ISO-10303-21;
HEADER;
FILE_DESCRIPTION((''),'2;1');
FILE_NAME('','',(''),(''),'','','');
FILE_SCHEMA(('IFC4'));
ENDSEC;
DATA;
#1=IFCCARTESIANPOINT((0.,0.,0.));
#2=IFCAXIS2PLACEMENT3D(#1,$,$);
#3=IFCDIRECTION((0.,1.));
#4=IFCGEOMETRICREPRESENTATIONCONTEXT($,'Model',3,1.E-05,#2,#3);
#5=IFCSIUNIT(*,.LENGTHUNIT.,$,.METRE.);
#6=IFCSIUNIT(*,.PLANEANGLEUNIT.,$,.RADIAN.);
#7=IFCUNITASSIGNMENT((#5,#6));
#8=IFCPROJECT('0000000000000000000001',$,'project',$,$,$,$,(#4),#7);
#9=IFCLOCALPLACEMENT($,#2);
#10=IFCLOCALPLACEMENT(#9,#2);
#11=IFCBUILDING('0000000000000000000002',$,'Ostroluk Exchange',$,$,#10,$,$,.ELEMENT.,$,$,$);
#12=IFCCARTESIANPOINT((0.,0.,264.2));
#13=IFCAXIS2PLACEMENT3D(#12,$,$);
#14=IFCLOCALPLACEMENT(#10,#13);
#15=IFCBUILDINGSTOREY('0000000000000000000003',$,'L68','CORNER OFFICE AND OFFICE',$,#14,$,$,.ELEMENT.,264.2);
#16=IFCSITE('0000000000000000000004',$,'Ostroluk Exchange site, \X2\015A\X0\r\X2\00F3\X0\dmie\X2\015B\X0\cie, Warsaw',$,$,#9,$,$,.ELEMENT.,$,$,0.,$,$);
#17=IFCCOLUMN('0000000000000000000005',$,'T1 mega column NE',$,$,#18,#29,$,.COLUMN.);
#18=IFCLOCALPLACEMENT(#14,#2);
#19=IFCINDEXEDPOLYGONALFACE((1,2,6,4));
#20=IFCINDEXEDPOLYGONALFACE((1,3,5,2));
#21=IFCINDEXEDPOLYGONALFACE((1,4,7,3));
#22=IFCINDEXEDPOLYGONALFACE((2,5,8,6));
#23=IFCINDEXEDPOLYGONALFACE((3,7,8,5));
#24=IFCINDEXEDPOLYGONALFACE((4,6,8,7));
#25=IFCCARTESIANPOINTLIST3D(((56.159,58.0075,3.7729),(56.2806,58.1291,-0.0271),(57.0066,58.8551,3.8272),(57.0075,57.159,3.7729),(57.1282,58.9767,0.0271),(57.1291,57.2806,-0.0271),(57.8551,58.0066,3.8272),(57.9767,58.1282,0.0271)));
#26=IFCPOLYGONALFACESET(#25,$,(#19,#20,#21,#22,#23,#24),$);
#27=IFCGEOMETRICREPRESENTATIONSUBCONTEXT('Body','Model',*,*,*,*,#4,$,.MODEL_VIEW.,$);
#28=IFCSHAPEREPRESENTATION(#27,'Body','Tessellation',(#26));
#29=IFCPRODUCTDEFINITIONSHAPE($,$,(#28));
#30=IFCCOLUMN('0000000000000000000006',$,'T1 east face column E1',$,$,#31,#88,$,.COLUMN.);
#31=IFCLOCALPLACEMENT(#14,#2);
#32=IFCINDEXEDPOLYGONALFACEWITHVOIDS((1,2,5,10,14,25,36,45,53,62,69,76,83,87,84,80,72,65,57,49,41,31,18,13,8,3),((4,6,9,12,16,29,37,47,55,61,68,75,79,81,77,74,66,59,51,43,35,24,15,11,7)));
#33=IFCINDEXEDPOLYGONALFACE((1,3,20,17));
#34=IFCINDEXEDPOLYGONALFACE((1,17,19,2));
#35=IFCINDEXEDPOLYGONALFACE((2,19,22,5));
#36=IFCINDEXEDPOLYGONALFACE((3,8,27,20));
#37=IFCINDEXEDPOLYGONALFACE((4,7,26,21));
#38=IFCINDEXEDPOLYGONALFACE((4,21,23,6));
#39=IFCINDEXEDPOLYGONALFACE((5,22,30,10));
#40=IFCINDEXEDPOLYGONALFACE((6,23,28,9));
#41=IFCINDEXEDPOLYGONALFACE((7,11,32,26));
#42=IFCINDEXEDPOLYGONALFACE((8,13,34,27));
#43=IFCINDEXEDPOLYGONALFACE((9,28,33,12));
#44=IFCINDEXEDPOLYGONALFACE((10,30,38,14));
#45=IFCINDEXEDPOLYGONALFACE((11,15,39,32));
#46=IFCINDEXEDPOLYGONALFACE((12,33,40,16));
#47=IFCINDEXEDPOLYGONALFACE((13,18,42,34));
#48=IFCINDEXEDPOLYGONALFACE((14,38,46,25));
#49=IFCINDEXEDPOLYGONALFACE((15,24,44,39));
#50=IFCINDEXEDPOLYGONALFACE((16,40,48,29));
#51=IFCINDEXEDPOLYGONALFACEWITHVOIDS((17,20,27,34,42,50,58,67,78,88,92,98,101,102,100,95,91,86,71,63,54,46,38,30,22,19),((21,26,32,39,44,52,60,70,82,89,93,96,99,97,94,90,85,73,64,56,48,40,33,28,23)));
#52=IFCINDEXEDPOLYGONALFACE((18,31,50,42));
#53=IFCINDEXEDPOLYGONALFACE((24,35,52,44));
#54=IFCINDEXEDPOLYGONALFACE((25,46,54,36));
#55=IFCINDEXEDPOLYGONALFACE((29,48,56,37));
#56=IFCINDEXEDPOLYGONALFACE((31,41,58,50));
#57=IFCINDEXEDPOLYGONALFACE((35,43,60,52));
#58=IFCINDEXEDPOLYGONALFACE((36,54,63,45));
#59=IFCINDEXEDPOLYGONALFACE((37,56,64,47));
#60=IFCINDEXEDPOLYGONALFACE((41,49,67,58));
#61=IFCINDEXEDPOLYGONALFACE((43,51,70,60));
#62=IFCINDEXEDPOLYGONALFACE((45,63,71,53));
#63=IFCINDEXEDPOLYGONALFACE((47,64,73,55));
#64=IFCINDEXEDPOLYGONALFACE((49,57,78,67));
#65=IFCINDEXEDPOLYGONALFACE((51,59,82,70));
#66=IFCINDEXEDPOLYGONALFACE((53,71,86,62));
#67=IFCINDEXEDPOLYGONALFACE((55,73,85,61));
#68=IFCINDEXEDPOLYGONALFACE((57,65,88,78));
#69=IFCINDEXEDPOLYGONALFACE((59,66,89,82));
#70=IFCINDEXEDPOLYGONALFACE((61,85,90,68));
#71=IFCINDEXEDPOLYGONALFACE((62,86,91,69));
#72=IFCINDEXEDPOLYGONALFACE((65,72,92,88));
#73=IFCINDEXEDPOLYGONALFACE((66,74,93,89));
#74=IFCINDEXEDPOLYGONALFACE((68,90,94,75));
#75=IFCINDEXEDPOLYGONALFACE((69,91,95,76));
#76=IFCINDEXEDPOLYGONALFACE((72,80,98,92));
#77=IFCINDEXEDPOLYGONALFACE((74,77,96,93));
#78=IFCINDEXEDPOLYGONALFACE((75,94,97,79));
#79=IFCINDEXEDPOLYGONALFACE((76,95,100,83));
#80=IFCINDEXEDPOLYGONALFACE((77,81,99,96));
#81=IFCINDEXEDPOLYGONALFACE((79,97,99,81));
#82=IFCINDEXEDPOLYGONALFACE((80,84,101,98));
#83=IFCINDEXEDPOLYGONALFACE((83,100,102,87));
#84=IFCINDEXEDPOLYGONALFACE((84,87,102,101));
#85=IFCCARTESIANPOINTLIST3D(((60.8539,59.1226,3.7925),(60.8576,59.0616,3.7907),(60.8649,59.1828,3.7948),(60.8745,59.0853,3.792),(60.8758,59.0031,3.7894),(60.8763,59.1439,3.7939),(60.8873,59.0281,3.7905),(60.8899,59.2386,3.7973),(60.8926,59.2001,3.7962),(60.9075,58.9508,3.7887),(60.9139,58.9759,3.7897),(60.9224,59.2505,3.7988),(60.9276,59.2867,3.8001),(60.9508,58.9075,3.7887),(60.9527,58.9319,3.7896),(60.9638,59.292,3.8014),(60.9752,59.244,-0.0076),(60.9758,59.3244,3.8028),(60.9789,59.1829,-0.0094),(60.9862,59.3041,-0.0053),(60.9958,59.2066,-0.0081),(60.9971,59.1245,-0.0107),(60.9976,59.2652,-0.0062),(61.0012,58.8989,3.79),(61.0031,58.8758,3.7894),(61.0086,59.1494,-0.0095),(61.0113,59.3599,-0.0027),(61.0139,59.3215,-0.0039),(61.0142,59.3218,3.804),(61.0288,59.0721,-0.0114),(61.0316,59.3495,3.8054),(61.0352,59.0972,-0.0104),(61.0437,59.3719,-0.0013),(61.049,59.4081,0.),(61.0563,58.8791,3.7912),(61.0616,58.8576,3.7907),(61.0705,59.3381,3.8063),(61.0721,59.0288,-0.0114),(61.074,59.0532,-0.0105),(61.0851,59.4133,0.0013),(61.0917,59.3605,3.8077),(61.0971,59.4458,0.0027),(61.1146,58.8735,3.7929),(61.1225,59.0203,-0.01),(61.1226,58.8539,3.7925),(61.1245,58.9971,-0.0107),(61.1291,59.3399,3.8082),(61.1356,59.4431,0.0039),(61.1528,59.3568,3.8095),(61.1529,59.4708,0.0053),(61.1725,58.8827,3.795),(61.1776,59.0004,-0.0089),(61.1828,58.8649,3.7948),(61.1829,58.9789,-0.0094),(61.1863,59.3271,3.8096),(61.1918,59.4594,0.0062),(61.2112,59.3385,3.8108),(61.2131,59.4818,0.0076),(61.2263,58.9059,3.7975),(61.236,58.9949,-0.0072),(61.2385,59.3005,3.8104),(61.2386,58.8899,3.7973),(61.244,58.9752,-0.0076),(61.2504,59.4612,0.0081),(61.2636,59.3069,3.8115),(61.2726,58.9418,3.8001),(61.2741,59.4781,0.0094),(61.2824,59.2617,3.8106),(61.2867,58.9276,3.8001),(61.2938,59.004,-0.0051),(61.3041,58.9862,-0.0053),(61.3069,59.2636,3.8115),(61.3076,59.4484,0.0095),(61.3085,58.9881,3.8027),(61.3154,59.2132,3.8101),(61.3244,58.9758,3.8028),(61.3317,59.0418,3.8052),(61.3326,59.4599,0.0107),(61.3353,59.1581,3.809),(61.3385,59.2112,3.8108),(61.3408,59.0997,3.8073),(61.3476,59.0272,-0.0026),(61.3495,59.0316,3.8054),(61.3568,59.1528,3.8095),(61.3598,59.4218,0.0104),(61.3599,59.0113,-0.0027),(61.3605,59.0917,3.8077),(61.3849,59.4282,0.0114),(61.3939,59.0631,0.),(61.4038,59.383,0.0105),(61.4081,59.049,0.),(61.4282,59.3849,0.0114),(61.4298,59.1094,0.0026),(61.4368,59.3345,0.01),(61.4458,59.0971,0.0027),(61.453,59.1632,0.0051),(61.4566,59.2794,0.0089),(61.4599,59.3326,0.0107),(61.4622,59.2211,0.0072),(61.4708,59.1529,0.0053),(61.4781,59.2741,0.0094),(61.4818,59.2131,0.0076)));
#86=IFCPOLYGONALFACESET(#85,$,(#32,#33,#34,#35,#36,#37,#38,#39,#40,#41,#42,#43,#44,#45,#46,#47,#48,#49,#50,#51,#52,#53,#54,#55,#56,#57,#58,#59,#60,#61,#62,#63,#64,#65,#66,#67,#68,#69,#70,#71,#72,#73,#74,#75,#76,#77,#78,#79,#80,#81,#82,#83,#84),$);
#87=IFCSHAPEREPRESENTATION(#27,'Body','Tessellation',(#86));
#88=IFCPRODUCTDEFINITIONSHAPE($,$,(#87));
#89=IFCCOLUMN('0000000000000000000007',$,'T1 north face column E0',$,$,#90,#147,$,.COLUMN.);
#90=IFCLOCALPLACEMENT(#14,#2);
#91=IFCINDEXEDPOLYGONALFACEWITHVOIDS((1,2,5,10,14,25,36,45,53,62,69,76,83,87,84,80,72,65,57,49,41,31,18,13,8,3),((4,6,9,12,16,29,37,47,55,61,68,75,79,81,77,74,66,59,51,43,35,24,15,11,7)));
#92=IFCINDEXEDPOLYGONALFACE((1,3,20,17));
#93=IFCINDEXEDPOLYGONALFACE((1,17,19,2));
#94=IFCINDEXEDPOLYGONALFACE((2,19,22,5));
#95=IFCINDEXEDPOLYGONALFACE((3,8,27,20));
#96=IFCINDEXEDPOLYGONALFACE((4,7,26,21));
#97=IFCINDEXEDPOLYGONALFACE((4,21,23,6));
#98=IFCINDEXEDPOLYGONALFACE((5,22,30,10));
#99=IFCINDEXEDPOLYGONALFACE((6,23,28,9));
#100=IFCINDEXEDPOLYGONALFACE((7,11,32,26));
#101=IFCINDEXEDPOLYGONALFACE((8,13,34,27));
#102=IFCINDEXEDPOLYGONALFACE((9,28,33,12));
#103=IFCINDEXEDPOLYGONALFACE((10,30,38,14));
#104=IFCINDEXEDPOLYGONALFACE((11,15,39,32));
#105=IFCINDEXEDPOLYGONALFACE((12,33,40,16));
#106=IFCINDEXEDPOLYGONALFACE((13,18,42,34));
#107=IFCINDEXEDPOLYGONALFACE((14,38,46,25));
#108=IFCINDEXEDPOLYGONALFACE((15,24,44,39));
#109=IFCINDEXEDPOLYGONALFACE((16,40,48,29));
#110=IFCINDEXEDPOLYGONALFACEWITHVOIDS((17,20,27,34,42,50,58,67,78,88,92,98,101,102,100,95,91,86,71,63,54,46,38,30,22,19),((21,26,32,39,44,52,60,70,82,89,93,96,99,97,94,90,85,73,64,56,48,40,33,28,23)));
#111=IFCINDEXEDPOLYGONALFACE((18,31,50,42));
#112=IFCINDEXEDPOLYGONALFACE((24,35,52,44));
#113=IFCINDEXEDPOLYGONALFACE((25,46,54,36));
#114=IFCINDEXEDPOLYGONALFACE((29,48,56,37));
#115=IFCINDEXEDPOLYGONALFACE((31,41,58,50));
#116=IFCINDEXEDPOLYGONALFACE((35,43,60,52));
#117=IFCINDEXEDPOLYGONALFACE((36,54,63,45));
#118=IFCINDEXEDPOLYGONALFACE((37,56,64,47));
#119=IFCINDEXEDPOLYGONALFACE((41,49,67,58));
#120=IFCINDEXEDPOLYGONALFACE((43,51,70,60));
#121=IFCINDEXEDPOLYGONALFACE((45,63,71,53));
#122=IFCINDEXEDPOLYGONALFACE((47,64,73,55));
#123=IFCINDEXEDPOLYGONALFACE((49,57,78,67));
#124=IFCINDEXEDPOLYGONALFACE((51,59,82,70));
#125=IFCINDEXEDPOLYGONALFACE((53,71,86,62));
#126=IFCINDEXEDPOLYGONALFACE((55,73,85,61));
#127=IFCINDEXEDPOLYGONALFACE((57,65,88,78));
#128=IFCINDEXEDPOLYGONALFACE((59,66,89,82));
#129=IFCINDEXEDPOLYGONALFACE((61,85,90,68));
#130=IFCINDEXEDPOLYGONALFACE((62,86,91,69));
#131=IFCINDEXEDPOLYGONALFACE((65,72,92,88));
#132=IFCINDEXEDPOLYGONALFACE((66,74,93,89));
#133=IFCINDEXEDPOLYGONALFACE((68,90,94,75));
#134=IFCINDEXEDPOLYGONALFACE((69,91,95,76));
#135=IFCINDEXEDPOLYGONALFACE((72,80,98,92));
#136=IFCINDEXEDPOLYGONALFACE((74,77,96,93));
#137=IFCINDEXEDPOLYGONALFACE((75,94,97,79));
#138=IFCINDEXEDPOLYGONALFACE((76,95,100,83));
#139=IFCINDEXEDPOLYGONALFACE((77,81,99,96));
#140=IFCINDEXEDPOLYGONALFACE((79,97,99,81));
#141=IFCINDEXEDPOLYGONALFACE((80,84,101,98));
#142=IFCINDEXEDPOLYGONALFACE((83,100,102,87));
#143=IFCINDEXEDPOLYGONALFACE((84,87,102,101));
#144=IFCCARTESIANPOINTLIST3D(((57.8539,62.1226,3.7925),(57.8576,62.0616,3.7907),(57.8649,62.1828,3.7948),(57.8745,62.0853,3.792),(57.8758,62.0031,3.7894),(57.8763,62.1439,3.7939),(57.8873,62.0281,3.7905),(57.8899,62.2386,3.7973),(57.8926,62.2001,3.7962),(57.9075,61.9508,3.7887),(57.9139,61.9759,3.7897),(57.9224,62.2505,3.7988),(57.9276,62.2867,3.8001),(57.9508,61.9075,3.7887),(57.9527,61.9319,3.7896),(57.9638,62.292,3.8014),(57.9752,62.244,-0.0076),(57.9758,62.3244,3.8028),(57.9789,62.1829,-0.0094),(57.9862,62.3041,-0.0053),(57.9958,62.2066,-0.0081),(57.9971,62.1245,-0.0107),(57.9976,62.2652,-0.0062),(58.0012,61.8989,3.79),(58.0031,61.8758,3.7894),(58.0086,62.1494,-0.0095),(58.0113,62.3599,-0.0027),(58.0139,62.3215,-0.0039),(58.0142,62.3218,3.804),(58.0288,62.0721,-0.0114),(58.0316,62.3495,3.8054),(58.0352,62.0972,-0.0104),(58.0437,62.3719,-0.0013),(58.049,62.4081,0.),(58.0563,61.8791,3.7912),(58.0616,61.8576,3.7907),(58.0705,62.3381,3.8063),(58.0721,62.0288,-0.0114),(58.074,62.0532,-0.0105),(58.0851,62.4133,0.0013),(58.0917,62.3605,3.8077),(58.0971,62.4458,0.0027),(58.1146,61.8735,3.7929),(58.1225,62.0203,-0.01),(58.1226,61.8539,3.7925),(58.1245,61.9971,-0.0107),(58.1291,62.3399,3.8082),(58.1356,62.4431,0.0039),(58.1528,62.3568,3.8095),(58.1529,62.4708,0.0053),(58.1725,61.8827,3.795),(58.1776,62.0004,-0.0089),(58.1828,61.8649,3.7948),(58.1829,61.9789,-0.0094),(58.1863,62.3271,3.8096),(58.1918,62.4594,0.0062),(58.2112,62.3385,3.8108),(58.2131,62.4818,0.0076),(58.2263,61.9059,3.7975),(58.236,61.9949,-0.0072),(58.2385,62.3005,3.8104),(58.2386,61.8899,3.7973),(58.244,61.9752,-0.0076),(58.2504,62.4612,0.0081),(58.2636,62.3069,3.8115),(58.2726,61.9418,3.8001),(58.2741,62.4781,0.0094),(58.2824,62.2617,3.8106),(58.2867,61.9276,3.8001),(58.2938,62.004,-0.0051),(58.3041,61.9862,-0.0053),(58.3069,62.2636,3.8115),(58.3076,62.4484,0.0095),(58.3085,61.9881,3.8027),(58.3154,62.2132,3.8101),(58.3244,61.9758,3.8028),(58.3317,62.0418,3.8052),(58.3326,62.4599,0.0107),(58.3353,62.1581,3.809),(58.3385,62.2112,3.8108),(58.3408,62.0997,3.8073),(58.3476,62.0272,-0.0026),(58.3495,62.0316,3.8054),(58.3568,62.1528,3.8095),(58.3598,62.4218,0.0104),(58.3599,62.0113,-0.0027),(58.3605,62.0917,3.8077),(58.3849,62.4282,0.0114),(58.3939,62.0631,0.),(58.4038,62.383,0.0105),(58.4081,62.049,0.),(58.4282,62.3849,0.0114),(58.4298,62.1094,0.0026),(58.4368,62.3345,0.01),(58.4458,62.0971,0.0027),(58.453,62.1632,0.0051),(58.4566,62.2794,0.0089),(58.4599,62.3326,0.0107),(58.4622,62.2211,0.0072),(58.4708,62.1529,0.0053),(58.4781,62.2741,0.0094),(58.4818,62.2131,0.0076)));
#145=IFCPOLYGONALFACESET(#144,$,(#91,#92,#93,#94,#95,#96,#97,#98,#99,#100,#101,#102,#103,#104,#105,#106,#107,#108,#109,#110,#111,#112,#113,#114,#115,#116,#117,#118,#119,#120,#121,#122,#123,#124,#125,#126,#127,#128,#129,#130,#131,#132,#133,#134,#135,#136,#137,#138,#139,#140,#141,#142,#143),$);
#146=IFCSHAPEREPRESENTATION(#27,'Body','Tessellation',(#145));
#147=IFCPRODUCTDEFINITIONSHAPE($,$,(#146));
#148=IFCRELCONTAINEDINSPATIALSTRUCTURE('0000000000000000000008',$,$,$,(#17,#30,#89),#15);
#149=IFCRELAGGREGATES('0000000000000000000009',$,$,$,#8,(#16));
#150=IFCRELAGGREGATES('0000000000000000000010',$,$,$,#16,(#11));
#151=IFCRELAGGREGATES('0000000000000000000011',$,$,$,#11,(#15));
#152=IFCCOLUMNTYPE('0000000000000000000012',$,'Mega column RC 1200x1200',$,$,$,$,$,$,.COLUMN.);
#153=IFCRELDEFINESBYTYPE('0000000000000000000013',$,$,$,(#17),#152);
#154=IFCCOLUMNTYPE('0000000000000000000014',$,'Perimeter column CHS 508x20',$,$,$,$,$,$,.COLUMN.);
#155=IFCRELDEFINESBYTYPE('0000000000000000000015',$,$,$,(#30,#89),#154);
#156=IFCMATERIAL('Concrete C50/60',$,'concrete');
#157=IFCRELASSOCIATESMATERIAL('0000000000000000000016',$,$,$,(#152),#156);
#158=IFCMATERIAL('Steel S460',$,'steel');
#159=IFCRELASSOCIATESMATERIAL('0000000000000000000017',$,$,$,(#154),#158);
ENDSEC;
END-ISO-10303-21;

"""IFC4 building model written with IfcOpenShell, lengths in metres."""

from ifc_helpers import new_model, si_unit, direction, frame, origin, origin_2d, place, context, subcontext, project, spatial, rectangle, hollow_circle, extrude, material, material_profile, profile_set, type_object, element, save


model = new_model("IFC4")

# Units and contexts
model_context = context("Model", 3, precision=1e-05, world=origin(), true_north=direction((0.0, 1.0)))
body_context = subcontext(model_context, "Body", "Model", "MODEL_VIEW")
ifc_project = project(units=[si_unit("LENGTHUNIT", "METRE"), si_unit("PLANEANGLEUNIT", "RADIAN")], contexts=[model_context])

# Site, building, storey
site_placement = place(None, origin())
site = spatial("IfcSite", under=ifc_project, at=site_placement, Name="Ostroluk Exchange site, Śródmieście, Warsaw", CompositionType="ELEMENT", RefElevation=0.0)
building_placement = place(site_placement, origin())
building = spatial("IfcBuilding", under=site, at=building_placement, Name="Ostroluk Exchange", CompositionType="ELEMENT")
storey_placement = place(building_placement, frame((0.0, 0.0, 264.2)))
storey = spatial("IfcBuildingStorey", under=building, at=storey_placement, Name="L68", Description="CORNER OFFICE AND OFFICE", CompositionType="ELEMENT", Elevation=264.2)

# Columns
ifc_material_1 = material(Name="Concrete C50/60", Category="concrete")
ifc_material_profile_1 = material_profile(ifc_material_1, rectangle(XDim=1.2, YDim=1.2, at=origin_2d()), Name="RC 1200x1200")
ifc_profile_set_1 = profile_set([ifc_material_profile_1], Name="Concrete C50/60")
column_type_1 = type_object("IfcColumnType", Name="Mega column RC 1200x1200", PredefinedType="COLUMN", material=ifc_profile_set_1)
column_1_placement = place(storey_placement, frame((57.1287, 58.1287, 0.0), z_axis=(-0.031962, -0.031962, 0.998978), x_axis=(0.707107, -0.707107, 0.0)))
element("IfcColumn", 1, at=column_1_placement, inside=storey, type_object=column_type_1, Name="T1 mega column NE", PredefinedType="COLUMN", context=body_context, shape_type="SweptSolid", body=[
    extrude(rectangle(XDim=1.2, YDim=1.2, at=origin_2d()), origin(), (0.0, 0.0, 1.0), 3.804),
])
ifc_material_2 = material(Name="Steel S460", Category="steel")
ifc_material_profile_2 = material_profile(ifc_material_2, hollow_circle(Radius=0.2539, WallThickness=0.02, at=origin_2d()), Name="CHS 508x20")
ifc_profile_set_2 = profile_set([ifc_material_profile_2], Name="Steel S460")
column_type_2 = type_object("IfcColumnType", Name="Perimeter column CHS 508x20", PredefinedType="COLUMN", material=ifc_profile_set_2)
for number, where, z_axis, x_axis, name in (
    (2, (61.2285, 59.2285, 0.0), (-0.031898, -0.031898, 0.998982), (0.707107, -0.707107, 0.0), "T1 east face column E1"),
    (3, (58.2285, 62.2285, 0.0), (-0.031898, -0.031898, 0.998982), (0.707107, -0.707107, 0.0), "T1 north face column E0"),
):
    element("IfcColumn", number, at=place(storey_placement, frame(where, z_axis=z_axis, x_axis=x_axis)), inside=storey, type_object=column_type_2, Name=name, PredefinedType="COLUMN", context=body_context, shape_type="SweptSolid", body=[
        extrude(hollow_circle(Radius=0.2539, WallThickness=0.02, at=origin_2d()), origin(), (0.0, 0.0, 1.0), 3.804),
    ])

save(model, "model.ifc")
